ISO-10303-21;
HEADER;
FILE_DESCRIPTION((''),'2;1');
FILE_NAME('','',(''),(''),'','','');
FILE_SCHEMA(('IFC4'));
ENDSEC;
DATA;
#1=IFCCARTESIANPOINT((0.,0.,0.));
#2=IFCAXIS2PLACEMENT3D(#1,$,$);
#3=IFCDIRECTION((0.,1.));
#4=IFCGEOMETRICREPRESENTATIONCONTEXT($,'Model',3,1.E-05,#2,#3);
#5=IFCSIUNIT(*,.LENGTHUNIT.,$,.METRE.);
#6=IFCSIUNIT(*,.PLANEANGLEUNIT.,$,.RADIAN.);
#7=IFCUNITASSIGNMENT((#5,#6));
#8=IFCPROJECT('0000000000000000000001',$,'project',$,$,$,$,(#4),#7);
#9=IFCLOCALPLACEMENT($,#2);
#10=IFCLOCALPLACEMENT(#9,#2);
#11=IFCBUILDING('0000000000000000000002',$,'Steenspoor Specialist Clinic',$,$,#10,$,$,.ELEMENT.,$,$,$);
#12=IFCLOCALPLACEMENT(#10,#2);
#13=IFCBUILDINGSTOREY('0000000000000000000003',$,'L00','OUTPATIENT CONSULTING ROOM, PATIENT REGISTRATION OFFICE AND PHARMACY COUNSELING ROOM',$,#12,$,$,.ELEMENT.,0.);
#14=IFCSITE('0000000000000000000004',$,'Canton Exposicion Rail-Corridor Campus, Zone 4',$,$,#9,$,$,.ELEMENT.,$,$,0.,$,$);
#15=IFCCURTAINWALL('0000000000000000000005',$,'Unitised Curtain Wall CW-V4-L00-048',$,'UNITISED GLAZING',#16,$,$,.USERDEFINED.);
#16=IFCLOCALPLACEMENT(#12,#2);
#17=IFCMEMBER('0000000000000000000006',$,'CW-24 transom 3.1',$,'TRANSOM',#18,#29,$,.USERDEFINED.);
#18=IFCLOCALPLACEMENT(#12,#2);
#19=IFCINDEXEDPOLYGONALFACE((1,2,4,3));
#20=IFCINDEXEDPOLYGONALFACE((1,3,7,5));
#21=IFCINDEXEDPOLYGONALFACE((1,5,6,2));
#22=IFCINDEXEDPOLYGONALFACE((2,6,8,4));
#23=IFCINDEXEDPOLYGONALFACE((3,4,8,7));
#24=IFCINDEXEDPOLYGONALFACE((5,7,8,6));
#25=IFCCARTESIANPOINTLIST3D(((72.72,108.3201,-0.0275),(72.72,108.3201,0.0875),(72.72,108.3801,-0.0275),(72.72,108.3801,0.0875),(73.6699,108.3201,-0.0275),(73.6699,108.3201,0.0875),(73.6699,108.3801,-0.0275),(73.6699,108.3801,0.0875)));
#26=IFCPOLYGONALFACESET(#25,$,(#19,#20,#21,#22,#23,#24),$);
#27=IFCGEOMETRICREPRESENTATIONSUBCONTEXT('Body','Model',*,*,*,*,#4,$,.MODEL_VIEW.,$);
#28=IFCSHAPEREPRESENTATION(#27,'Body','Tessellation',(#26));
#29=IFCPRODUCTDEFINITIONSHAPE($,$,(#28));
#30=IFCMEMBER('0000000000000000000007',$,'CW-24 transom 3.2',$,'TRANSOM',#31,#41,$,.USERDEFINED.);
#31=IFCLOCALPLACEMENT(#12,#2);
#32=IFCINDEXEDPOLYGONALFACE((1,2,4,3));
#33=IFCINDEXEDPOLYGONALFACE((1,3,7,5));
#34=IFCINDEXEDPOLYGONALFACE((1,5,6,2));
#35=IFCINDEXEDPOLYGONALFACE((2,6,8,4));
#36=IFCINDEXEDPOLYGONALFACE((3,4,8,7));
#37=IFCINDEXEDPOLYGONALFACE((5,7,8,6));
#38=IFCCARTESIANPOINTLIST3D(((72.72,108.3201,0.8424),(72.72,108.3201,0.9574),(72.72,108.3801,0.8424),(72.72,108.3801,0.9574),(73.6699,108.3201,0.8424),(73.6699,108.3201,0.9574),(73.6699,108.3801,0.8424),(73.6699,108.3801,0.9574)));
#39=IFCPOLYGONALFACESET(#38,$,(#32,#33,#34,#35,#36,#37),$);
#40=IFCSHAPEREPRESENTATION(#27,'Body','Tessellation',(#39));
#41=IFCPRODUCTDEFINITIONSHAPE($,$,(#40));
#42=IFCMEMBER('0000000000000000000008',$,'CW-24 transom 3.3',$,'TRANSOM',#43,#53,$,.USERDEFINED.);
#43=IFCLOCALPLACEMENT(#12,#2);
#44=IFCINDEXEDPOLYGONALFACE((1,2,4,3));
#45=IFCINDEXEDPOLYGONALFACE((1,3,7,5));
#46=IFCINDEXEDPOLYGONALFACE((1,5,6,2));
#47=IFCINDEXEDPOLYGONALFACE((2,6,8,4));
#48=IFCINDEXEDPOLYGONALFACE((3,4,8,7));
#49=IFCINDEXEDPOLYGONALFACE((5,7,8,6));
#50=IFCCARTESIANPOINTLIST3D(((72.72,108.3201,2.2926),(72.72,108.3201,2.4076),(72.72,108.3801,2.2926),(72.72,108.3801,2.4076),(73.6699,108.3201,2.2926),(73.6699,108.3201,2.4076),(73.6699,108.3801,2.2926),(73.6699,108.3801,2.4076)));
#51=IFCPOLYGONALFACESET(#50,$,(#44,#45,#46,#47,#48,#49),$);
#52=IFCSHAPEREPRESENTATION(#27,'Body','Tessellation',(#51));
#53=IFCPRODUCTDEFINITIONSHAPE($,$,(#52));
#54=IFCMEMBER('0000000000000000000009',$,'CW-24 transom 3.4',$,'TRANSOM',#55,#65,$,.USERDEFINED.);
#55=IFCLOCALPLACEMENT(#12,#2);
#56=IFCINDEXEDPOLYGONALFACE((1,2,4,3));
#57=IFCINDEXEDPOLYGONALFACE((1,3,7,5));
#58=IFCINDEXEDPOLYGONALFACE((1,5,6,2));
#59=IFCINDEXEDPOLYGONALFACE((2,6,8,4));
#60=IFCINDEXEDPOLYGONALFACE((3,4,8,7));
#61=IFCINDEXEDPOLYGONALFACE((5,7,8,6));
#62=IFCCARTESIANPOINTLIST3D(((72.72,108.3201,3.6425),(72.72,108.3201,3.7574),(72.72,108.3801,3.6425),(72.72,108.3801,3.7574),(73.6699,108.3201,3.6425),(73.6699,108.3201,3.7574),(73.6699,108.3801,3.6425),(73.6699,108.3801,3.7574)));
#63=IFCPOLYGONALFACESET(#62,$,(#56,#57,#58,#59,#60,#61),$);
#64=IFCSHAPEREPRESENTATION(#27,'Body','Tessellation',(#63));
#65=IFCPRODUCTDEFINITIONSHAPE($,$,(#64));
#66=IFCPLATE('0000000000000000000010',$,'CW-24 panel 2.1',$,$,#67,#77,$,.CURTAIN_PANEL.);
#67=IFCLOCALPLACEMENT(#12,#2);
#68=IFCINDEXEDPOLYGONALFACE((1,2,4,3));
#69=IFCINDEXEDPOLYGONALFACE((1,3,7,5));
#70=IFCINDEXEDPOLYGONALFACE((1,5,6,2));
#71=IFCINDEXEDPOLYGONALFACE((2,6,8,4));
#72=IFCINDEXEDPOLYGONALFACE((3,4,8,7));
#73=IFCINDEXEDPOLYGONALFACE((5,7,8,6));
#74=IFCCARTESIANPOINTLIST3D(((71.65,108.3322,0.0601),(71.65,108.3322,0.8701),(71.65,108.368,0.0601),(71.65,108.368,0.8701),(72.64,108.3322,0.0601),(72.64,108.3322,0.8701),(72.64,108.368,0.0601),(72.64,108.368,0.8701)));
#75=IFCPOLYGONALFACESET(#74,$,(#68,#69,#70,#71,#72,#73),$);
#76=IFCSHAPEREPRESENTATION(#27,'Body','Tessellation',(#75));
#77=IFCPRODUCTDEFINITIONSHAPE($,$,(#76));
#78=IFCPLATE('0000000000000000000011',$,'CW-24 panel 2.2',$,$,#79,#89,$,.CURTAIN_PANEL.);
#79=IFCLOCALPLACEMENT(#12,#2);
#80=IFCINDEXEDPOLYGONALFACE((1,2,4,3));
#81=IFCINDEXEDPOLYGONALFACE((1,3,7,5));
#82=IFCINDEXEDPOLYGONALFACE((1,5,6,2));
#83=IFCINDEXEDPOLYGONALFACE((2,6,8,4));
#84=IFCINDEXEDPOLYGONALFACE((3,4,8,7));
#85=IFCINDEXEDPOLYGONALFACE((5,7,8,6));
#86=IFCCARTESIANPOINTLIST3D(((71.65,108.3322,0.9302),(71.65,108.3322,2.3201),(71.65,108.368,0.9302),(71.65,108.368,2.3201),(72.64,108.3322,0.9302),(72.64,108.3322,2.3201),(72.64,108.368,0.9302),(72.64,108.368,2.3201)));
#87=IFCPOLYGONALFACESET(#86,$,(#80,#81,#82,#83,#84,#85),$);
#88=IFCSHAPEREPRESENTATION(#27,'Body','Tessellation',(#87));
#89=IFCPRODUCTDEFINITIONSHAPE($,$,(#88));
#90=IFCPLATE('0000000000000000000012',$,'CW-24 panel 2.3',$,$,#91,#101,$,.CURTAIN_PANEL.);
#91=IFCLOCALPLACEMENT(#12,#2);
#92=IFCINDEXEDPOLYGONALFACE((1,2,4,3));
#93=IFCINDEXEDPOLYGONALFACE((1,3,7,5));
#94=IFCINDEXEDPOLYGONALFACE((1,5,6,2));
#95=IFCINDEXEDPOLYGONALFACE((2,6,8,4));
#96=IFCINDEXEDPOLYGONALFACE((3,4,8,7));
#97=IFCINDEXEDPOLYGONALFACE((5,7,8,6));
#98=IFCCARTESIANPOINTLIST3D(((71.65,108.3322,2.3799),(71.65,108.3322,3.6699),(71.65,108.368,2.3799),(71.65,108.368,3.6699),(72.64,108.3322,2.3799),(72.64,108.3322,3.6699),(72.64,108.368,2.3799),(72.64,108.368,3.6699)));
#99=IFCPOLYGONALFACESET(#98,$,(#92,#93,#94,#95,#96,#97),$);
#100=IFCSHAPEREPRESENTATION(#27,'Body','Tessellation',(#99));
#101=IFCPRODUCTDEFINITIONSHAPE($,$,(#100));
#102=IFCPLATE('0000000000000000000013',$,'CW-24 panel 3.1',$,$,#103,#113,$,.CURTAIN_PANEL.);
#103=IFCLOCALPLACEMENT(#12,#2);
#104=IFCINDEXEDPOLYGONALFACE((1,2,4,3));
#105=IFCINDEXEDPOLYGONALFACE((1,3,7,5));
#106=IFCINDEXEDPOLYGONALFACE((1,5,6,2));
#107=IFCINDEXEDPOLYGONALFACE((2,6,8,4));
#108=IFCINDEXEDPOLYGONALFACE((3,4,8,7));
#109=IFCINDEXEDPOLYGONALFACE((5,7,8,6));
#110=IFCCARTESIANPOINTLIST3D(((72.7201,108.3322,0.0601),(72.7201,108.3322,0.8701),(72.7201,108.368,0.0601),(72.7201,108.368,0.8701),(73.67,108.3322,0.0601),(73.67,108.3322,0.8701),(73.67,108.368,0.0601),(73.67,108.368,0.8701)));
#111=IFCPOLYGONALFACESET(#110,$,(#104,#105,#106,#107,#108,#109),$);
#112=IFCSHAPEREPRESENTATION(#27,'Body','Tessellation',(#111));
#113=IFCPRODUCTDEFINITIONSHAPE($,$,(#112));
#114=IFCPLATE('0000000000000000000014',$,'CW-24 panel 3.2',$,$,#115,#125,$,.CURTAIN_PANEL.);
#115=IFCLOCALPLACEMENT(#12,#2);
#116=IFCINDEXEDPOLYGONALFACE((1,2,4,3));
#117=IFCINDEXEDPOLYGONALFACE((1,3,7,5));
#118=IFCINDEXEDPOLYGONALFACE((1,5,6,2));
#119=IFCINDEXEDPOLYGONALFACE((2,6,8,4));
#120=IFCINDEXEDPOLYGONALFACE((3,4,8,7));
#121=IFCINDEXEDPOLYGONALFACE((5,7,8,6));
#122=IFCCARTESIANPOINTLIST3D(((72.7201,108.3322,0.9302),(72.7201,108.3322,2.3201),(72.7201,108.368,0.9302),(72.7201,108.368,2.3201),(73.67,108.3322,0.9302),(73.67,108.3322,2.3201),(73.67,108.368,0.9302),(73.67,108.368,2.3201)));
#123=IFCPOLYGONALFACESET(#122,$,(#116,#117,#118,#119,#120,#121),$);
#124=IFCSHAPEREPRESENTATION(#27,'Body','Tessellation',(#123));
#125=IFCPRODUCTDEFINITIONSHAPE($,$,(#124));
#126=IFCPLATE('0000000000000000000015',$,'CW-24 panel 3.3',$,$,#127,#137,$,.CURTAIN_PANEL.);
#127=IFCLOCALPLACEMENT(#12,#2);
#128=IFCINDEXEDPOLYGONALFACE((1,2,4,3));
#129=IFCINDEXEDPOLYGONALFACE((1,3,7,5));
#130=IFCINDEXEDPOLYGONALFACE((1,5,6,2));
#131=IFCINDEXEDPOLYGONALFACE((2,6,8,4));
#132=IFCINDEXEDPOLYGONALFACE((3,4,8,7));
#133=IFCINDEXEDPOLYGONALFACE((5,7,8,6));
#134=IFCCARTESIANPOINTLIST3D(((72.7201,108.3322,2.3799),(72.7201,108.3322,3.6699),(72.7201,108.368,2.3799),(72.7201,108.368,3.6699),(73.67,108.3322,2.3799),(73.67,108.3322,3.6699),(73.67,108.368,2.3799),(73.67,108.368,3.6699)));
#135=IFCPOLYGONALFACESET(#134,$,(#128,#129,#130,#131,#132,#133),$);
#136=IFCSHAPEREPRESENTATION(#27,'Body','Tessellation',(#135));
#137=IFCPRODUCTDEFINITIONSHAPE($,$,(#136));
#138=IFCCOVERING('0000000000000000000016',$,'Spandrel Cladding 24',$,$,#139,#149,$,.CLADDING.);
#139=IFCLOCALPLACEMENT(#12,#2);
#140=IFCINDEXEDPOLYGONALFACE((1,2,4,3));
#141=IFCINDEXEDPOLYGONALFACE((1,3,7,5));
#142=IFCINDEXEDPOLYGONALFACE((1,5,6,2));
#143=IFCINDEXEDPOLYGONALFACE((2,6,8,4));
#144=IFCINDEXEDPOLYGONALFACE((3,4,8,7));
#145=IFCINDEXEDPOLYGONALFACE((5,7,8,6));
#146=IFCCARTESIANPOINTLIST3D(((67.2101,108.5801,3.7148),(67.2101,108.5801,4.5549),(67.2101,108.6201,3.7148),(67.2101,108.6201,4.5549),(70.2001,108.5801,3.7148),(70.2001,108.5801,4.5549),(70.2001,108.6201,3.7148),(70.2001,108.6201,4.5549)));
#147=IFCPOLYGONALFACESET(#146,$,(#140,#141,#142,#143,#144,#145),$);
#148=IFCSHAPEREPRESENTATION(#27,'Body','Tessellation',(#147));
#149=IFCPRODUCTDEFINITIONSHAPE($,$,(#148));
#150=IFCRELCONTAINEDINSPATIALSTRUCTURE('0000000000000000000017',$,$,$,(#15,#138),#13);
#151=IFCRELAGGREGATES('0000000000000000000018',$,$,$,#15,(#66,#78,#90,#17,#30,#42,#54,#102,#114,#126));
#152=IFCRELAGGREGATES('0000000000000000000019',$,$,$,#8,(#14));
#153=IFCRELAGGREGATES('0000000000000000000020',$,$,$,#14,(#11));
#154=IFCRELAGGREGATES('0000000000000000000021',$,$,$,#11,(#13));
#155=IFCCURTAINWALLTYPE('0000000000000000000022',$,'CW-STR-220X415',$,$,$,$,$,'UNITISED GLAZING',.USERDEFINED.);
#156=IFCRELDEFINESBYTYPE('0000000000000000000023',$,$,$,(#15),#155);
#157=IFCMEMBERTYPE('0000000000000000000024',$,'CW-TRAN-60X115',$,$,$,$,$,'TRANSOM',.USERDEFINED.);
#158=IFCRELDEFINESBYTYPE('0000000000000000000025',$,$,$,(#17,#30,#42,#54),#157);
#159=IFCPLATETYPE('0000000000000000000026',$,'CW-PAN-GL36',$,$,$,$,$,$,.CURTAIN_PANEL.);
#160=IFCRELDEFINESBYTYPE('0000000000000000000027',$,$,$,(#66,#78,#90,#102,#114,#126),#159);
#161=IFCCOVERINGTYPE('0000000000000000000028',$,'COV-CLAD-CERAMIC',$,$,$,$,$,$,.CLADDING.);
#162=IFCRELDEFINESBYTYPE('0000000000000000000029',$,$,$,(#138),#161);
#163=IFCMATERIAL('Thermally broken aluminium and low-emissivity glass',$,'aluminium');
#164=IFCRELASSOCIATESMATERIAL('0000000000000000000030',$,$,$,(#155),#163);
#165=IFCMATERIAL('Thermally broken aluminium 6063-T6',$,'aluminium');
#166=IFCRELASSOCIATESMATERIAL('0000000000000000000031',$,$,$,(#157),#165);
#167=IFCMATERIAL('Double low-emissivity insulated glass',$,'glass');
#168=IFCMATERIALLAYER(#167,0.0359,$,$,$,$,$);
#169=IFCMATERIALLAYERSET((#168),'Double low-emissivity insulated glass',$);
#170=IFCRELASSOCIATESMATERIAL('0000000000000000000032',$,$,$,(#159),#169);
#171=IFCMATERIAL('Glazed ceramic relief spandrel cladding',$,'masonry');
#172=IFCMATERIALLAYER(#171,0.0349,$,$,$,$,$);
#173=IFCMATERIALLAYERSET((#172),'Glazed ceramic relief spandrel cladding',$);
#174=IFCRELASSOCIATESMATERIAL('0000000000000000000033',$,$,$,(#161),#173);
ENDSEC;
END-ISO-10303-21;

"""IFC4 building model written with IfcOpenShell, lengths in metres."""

from ifc_helpers import new_model, si_unit, direction, frame, origin, origin_2d, place, context, subcontext, project, spatial, rectangle, extrude, material, layer, layer_set, material_profile, profile_set, type_object, element, aggregate, save


model = new_model("IFC4")

# Units and contexts
model_context = context("Model", 3, precision=1e-05, world=origin(), true_north=direction((0.0, 1.0)))
body_context = subcontext(model_context, "Body", "Model", "MODEL_VIEW")
ifc_project = project(units=[si_unit("LENGTHUNIT", "METRE"), si_unit("PLANEANGLEUNIT", "RADIAN")], contexts=[model_context])

# Site, building, storey
site_placement = place(None, origin())
site = spatial("IfcSite", under=ifc_project, at=site_placement, Name="Canton Exposicion Rail-Corridor Campus, Zone 4", CompositionType="ELEMENT", RefElevation=0.0)
building_placement = place(site_placement, origin())
building = spatial("IfcBuilding", under=site, at=building_placement, Name="Steenspoor Specialist Clinic", CompositionType="ELEMENT")
storey_placement = place(building_placement, origin())
storey = spatial("IfcBuildingStorey", under=building, at=storey_placement, Name="L00", Description="OUTPATIENT CONSULTING ROOM, PATIENT REGISTRATION OFFICE AND PHARMACY COUNSELING ROOM", CompositionType="ELEMENT", Elevation=0.0)

# Curtain wall, members, plates
ifc_material_1 = material(Name="Thermally broken aluminium and low-emissivity glass", Category="aluminium")
curtain_wall_type = type_object("IfcCurtainWallType", Name="CW-STR-220X415", ElementType="UNITISED GLAZING", PredefinedType="USERDEFINED", material=ifc_material_1)
curtain_wall_placement = place(storey_placement, origin())
curtain_wall = element("IfcCurtainWall", 1, at=curtain_wall_placement, inside=storey, type_object=curtain_wall_type, Name="Unitised Curtain Wall CW-V4-L00-048", ObjectType="UNITISED GLAZING", PredefinedType="USERDEFINED")
ifc_material_2 = material(Name="Thermally broken aluminium 6063-T6", Category="aluminium")
ifc_material_profile_1 = material_profile(ifc_material_2, rectangle(XDim=0.0601, YDim=0.115, at=origin_2d()), Name="CWT-60X115")
ifc_profile_set_1 = profile_set([ifc_material_profile_1], Name="Thermally broken aluminium 6063-T6")
member_type_1 = type_object("IfcMemberType", Name="CW-TRAN-60X115", ElementType="TRANSOM", PredefinedType="USERDEFINED", material=ifc_profile_set_1)
member_1_placement = place(storey_placement, frame((72.72, 108.3501, 0.03), z_axis=(1.0, 0.0, 0.0), x_axis=(0.0, 1.0, 0.0)))
member_1 = element("IfcMember", 2, at=member_1_placement, type_object=member_type_1, Name="CW-24 transom 3.1", ObjectType="TRANSOM", PredefinedType="USERDEFINED", context=body_context, shape_type="SweptSolid", body=[
    extrude(rectangle(XDim=0.0601, YDim=0.115, at=origin_2d()), origin(), (0.0, 0.0, 1.0), 0.95),
])
member_2_placement = place(storey_placement, frame((72.72, 108.3501, 0.8999), z_axis=(1.0, 0.0, 0.0), x_axis=(0.0, 1.0, 0.0)))
member_2 = element("IfcMember", 3, at=member_2_placement, type_object=member_type_1, Name="CW-24 transom 3.2", ObjectType="TRANSOM", PredefinedType="USERDEFINED", context=body_context, shape_type="SweptSolid", body=[
    extrude(rectangle(XDim=0.0601, YDim=0.115, at=origin_2d()), origin(), (0.0, 0.0, 1.0), 0.95),
])
member_3_placement = place(storey_placement, frame((72.72, 108.3501, 2.3501), z_axis=(1.0, 0.0, 0.0), x_axis=(0.0, 1.0, 0.0)))
member_3 = element("IfcMember", 4, at=member_3_placement, type_object=member_type_1, Name="CW-24 transom 3.3", ObjectType="TRANSOM", PredefinedType="USERDEFINED", context=body_context, shape_type="SweptSolid", body=[
    extrude(rectangle(XDim=0.0601, YDim=0.115, at=origin_2d()), origin(), (0.0, 0.0, 1.0), 0.95),
])
member_4_placement = place(storey_placement, frame((72.72, 108.3501, 3.7), z_axis=(1.0, 0.0, 0.0), x_axis=(0.0, 1.0, 0.0)))
member_4 = element("IfcMember", 5, at=member_4_placement, type_object=member_type_1, Name="CW-24 transom 3.4", ObjectType="TRANSOM", PredefinedType="USERDEFINED", context=body_context, shape_type="SweptSolid", body=[
    extrude(rectangle(XDim=0.0601, YDim=0.115, at=origin_2d()), origin(), (0.0, 0.0, 1.0), 0.95),
])
ifc_material_3 = material(Name="Double low-emissivity insulated glass", Category="glass")
ifc_layer_1 = layer(ifc_material_3, 0.0359)
ifc_layer_set_1 = layer_set([ifc_layer_1], Name="Double low-emissivity insulated glass")
plate_type = type_object("IfcPlateType", Name="CW-PAN-GL36", PredefinedType="CURTAIN_PANEL", material=ifc_layer_set_1)
plate_1_placement = place(storey_placement, frame((72.145, 108.3501, 0.0601), z_axis=(0.0, 0.0, 1.0), x_axis=(1.0, 0.0, 0.0)))
plate_1 = element("IfcPlate", 6, at=plate_1_placement, type_object=plate_type, Name="CW-24 panel 2.1", PredefinedType="CURTAIN_PANEL", context=body_context, shape_type="SweptSolid", body=[
    extrude(rectangle(XDim=0.99, YDim=0.0359, at=origin_2d()), origin(), (0.0, 0.0, 1.0), 0.8101),
])
plate_2_placement = place(storey_placement, frame((72.145, 108.3501, 0.9302), z_axis=(0.0, 0.0, 1.0), x_axis=(1.0, 0.0, 0.0)))
plate_2 = element("IfcPlate", 7, at=plate_2_placement, type_object=plate_type, Name="CW-24 panel 2.2", PredefinedType="CURTAIN_PANEL", context=body_context, shape_type="SweptSolid", body=[
    extrude(rectangle(XDim=0.99, YDim=0.0359, at=origin_2d()), origin(), (0.0, 0.0, 1.0), 1.3899),
])
plate_3_placement = place(storey_placement, frame((72.145, 108.3501, 2.3799), z_axis=(0.0, 0.0, 1.0), x_axis=(1.0, 0.0, 0.0)))
plate_3 = element("IfcPlate", 8, at=plate_3_placement, type_object=plate_type, Name="CW-24 panel 2.3", PredefinedType="CURTAIN_PANEL", context=body_context, shape_type="SweptSolid", body=[
    extrude(rectangle(XDim=0.99, YDim=0.0359, at=origin_2d()), origin(), (0.0, 0.0, 1.0), 1.29),
])
plate_4_placement = place(storey_placement, frame((73.1951, 108.3501, 0.0601), z_axis=(0.0, 0.0, 1.0), x_axis=(1.0, 0.0, 0.0)))
plate_4 = element("IfcPlate", 9, at=plate_4_placement, type_object=plate_type, Name="CW-24 panel 3.1", PredefinedType="CURTAIN_PANEL", context=body_context, shape_type="SweptSolid", body=[
    extrude(rectangle(XDim=0.95, YDim=0.0359, at=origin_2d()), origin(), (0.0, 0.0, 1.0), 0.8101),
])
plate_5_placement = place(storey_placement, frame((73.1951, 108.3501, 0.9302), z_axis=(0.0, 0.0, 1.0), x_axis=(1.0, 0.0, 0.0)))
plate_5 = element("IfcPlate", 10, at=plate_5_placement, type_object=plate_type, Name="CW-24 panel 3.2", PredefinedType="CURTAIN_PANEL", context=body_context, shape_type="SweptSolid", body=[
    extrude(rectangle(XDim=0.95, YDim=0.0359, at=origin_2d()), origin(), (0.0, 0.0, 1.0), 1.3899),
])
plate_6_placement = place(storey_placement, frame((73.1951, 108.3501, 2.3799), z_axis=(0.0, 0.0, 1.0), x_axis=(1.0, 0.0, 0.0)))
plate_6 = element("IfcPlate", 11, at=plate_6_placement, type_object=plate_type, Name="CW-24 panel 3.3", PredefinedType="CURTAIN_PANEL", context=body_context, shape_type="SweptSolid", body=[
    extrude(rectangle(XDim=0.95, YDim=0.0359, at=origin_2d()), origin(), (0.0, 0.0, 1.0), 1.29),
])
aggregate(curtain_wall, [plate_1, plate_2, plate_3, member_1, member_2, member_3, member_4, plate_4, plate_5, plate_6])

# Covering
ifc_material_4 = material(Name="Glazed ceramic relief spandrel cladding", Category="masonry")
ifc_layer_2 = layer(ifc_material_4, 0.0349)
ifc_layer_set_2 = layer_set([ifc_layer_2], Name="Glazed ceramic relief spandrel cladding")
covering_type = type_object("IfcCoveringType", Name="COV-CLAD-CERAMIC", PredefinedType="CLADDING", material=ifc_layer_set_2)
covering_placement = place(storey_placement, frame((68.7051, 108.6001, 3.7148), z_axis=(0.0, 0.0, 1.0), x_axis=(1.0, 0.0, 0.0)))
element("IfcCovering", 12, at=covering_placement, inside=storey, type_object=covering_type, Name="Spandrel Cladding 24", PredefinedType="CLADDING", context=body_context, shape_type="SweptSolid", body=[
    extrude(rectangle(XDim=2.99, YDim=0.04, at=origin_2d()), origin(), (0.0, 0.0, 1.0), 0.8401),
])

save(model, "model.ifc")
